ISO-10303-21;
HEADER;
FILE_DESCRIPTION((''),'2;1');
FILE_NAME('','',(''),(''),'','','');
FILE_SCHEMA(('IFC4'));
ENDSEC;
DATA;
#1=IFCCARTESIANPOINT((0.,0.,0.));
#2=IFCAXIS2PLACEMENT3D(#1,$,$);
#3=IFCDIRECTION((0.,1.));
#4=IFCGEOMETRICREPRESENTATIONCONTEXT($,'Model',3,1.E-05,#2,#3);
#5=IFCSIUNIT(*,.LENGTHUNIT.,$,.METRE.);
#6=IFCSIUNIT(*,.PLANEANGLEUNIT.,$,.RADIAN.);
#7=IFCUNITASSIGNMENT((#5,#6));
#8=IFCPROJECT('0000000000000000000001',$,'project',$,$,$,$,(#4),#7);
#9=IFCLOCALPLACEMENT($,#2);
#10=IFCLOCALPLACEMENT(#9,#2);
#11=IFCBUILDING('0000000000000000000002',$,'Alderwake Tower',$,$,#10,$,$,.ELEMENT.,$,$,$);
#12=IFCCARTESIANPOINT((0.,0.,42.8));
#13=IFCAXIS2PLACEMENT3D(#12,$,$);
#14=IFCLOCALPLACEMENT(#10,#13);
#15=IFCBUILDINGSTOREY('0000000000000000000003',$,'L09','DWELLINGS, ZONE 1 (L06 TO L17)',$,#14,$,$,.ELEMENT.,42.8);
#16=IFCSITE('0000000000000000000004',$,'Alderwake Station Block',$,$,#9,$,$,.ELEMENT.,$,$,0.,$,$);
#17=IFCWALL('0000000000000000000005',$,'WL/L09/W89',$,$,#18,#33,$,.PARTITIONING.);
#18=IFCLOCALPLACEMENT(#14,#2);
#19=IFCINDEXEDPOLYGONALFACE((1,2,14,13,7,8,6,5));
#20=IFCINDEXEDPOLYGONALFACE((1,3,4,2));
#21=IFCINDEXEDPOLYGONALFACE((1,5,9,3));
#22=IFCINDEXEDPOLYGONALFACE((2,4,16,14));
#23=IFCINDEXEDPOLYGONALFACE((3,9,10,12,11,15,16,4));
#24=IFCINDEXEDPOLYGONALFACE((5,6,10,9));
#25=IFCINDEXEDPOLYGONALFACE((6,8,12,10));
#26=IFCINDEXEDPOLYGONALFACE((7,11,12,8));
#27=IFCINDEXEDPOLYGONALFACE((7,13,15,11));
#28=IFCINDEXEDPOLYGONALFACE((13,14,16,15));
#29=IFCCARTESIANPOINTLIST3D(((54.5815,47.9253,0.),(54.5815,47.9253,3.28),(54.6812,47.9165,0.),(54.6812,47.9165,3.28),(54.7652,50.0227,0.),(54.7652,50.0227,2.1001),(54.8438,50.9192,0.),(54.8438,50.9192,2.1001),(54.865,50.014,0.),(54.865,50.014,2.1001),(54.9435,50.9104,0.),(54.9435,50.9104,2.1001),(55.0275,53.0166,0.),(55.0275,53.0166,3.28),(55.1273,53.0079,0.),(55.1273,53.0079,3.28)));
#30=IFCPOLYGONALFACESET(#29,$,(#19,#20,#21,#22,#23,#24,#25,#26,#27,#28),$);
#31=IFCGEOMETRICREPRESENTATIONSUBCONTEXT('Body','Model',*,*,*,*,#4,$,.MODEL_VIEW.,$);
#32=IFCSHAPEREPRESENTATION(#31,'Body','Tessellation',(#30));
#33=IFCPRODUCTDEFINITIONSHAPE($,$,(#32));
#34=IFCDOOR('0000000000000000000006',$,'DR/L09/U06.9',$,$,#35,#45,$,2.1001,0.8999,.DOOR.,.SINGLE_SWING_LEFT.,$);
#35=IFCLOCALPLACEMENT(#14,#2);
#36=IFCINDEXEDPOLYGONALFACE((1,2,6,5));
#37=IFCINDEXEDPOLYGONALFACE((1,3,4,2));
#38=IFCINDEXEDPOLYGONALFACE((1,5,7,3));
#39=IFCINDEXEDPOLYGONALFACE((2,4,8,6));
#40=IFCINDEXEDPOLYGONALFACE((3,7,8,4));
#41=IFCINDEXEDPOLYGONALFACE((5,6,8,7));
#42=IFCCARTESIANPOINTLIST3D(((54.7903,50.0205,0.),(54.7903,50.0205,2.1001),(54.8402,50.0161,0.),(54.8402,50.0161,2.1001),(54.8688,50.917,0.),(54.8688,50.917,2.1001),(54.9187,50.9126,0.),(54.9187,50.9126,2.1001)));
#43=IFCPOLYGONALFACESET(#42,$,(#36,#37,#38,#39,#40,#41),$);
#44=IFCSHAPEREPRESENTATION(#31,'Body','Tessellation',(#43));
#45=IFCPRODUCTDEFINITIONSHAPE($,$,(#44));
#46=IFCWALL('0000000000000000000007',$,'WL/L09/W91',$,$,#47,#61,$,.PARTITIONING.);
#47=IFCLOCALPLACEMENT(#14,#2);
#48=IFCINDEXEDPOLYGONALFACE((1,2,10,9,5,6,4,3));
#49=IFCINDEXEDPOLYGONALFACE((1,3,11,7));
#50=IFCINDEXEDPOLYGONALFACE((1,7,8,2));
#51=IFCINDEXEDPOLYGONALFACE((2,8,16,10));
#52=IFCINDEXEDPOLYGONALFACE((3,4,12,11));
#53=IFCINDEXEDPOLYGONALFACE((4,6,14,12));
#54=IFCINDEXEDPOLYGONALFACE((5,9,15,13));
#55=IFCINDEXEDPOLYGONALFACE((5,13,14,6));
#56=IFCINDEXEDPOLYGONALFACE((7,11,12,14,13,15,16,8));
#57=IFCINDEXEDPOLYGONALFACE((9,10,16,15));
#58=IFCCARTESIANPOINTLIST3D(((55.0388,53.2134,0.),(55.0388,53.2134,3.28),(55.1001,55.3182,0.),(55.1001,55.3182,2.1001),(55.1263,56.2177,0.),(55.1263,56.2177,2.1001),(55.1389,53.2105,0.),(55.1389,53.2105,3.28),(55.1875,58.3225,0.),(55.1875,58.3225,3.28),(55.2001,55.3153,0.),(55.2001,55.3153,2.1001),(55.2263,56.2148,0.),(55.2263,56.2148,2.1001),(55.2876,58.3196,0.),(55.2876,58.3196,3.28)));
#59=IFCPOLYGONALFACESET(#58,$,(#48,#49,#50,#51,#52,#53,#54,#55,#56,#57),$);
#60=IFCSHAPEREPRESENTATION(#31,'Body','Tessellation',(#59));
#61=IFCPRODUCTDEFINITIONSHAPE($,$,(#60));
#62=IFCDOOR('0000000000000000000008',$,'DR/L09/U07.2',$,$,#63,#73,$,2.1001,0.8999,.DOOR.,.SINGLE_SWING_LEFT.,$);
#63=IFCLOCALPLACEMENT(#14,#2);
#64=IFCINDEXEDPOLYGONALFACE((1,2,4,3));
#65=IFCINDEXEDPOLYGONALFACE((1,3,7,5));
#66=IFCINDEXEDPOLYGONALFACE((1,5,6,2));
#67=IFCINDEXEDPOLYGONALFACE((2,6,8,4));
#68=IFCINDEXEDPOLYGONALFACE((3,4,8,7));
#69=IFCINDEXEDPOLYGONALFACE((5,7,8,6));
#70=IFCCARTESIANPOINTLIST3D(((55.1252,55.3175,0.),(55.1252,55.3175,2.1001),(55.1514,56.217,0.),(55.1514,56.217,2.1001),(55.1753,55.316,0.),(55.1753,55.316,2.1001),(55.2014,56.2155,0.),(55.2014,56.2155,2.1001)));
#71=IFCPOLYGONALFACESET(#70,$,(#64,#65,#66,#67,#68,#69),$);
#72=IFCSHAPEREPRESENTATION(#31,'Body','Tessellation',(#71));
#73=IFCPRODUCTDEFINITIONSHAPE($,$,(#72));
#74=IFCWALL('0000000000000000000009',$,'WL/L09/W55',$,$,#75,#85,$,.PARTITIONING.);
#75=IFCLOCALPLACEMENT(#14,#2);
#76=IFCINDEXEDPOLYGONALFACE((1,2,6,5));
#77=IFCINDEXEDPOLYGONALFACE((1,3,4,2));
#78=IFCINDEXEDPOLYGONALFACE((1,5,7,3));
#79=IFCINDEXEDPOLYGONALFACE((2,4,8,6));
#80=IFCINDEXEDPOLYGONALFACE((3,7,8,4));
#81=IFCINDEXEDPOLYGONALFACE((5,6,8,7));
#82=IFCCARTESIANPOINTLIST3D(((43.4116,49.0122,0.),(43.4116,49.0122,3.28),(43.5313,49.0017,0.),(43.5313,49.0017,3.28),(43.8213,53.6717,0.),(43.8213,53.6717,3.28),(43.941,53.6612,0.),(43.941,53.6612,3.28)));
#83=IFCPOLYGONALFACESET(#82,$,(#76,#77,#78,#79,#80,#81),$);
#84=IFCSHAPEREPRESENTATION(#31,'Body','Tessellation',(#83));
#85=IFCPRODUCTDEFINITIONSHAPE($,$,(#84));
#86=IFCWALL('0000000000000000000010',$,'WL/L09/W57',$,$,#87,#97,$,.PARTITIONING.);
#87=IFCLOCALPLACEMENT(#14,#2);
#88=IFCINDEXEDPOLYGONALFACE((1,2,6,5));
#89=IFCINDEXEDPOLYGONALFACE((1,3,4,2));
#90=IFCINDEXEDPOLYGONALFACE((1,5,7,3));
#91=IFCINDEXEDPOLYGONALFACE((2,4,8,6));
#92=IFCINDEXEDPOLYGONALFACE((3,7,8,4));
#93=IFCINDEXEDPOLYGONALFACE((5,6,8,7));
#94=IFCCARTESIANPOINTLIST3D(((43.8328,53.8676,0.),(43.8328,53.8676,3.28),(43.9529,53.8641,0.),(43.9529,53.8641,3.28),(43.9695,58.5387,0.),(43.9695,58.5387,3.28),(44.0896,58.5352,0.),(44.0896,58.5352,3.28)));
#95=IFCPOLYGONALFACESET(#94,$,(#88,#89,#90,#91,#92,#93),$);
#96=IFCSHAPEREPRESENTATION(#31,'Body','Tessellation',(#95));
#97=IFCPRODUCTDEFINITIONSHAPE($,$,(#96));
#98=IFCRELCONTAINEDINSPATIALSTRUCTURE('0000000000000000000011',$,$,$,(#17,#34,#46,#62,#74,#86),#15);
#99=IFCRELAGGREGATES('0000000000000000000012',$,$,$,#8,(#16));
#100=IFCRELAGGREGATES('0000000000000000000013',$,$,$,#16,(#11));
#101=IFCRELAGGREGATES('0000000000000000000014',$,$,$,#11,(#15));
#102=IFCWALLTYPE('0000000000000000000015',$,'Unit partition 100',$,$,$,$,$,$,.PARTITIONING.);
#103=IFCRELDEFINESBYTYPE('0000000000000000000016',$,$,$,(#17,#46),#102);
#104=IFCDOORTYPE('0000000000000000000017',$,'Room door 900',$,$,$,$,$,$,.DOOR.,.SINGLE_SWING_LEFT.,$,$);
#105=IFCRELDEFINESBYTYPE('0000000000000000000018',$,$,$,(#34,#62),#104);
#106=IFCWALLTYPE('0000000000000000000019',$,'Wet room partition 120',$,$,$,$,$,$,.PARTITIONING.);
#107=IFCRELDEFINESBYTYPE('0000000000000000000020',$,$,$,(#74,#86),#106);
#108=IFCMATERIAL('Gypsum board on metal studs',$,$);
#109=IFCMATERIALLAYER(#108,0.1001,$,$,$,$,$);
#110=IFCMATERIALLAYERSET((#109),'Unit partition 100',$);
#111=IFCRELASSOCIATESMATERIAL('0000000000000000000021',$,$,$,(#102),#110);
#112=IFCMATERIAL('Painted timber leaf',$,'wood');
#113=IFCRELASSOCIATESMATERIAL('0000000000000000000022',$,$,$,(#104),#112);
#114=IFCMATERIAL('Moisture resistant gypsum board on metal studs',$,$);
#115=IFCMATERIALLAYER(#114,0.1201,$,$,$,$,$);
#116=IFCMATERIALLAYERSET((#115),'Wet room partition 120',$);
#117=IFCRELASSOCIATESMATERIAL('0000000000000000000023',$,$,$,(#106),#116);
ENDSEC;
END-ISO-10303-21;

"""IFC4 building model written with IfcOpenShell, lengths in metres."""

from ifc_helpers import new_model, si_unit, direction, frame, frame_2d, origin, place, context, subcontext, project, spatial, rectangle, extrude, material, layer, layer_set, type_object, element, fill, save


model = new_model("IFC4")

# Units and contexts
model_context = context("Model", 3, precision=1e-05, world=origin(), true_north=direction((0.0, 1.0)))
body_context = subcontext(model_context, "Body", "Model", "MODEL_VIEW")
ifc_project = project(units=[si_unit("LENGTHUNIT", "METRE"), si_unit("PLANEANGLEUNIT", "RADIAN")], contexts=[model_context])

# Site, building, storey
site_placement = place(None, origin())
site = spatial("IfcSite", under=ifc_project, at=site_placement, Name="Alderwake Station Block", CompositionType="ELEMENT", RefElevation=0.0)
building_placement = place(site_placement, origin())
building = spatial("IfcBuilding", under=site, at=building_placement, Name="Alderwake Tower", CompositionType="ELEMENT")
storey_placement = place(building_placement, frame((0.0, 0.0, 42.8)))
storey = spatial("IfcBuildingStorey", under=building, at=storey_placement, Name="L09", Description="DWELLINGS, ZONE 1 (L06 TO L17)", CompositionType="ELEMENT", Elevation=42.8)

# Shared definitions
ifc_material_1 = material(Name="Gypsum board on metal studs")
ifc_layer_1 = layer(ifc_material_1, 0.1001)
ifc_layer_set_1 = layer_set([ifc_layer_1], Name="Unit partition 100")
wall_type_1 = type_object("IfcWallType", Name="Unit partition 100", PredefinedType="PARTITIONING", material=ifc_layer_set_1)
ifc_material_2 = material(Name="Painted timber leaf", Category="wood")
door_type_1 = type_object("IfcDoorType", Name="Room door 900", OperationType="SINGLE_SWING_LEFT", PredefinedType="DOOR", material=ifc_material_2)

# Walls, openings, doors
wall_1_placement = place(storey_placement, frame((54.6313, 47.9209, 0.0), z_axis=(0.0, 0.0, 1.0), x_axis=(0.087275, 0.996184, 0.0)))
wall_1 = element("IfcWall", 1, at=wall_1_placement, inside=storey, type_object=wall_type_1, Name="WL/L09/W89", PredefinedType="PARTITIONING", context=body_context, shape_type="SweptSolid", body=[
    extrude(rectangle(XDim=5.1108, YDim=0.1001, at=frame_2d((2.5554, 0.0))), origin(), (0.0, 0.0, 1.0), 3.28),
])
opening_1_placement = place(wall_1_placement, frame((2.1055, 0.0, 0.0)))
opening_1 = element("IfcOpeningElement", 2, at=opening_1_placement, cuts=wall_1, PredefinedType="OPENING", context=body_context, shape_type="SweptSolid", body=[
    extrude(rectangle(XDim=0.8999, YDim=2.1001, at=frame_2d((0.45, 1.05))), frame((0.0, 0.0601, 0.0), z_axis=(0.0, -1.0, 0.0), x_axis=(1.0, 0.0, 0.0)), (0.0, 0.0, 1.0), 0.1201),
])
door_1_placement = place(opening_1_placement, origin())
door_1 = element("IfcDoor", 3, at=door_1_placement, inside=storey, type_object=door_type_1, Name="DR/L09/U06.9", OperationType="SINGLE_SWING_LEFT", OverallHeight=2.1001, OverallWidth=0.8999, PredefinedType="DOOR", context=body_context, shape_type="SweptSolid", body=[
    extrude(rectangle(XDim=0.8999, YDim=2.1001, at=frame_2d((0.45, 1.05))), frame((0.0, 0.0249, 0.0), z_axis=(0.0, -1.0, 0.0), x_axis=(1.0, 0.0, 0.0)), (0.0, 0.0, 1.0), 0.05),
])
fill(opening_1, door_1)
wall_2_placement = place(storey_placement, frame((55.0889, 53.2119, 0.0), z_axis=(0.0, 0.0, 1.0), x_axis=(0.029089, 0.999577, 0.0)))
wall_2 = element("IfcWall", 4, at=wall_2_placement, inside=storey, type_object=wall_type_1, Name="WL/L09/W91", PredefinedType="PARTITIONING", context=body_context, shape_type="SweptSolid", body=[
    extrude(rectangle(XDim=5.1113, YDim=0.1001, at=frame_2d((2.5557, 0.0))), origin(), (0.0, 0.0, 1.0), 3.28),
])
opening_2_placement = place(wall_2_placement, frame((2.1057, 0.0, 0.0)))
opening_2 = element("IfcOpeningElement", 5, at=opening_2_placement, cuts=wall_2, PredefinedType="OPENING", context=body_context, shape_type="SweptSolid", body=[
    extrude(rectangle(XDim=0.8999, YDim=2.1001, at=frame_2d((0.45, 1.05))), frame((0.0, 0.0601, 0.0), z_axis=(0.0, -1.0, 0.0), x_axis=(1.0, 0.0, 0.0)), (0.0, 0.0, 1.0), 0.1201),
])
door_2_placement = place(opening_2_placement, origin())
door_2 = element("IfcDoor", 6, at=door_2_placement, inside=storey, type_object=door_type_1, Name="DR/L09/U07.2", OperationType="SINGLE_SWING_LEFT", OverallHeight=2.1001, OverallWidth=0.8999, PredefinedType="DOOR", context=body_context, shape_type="SweptSolid", body=[
    extrude(rectangle(XDim=0.8999, YDim=2.1001, at=frame_2d((0.45, 1.05))), frame((0.0, 0.0249, 0.0), z_axis=(0.0, -1.0, 0.0), x_axis=(1.0, 0.0, 0.0)), (0.0, 0.0, 1.0), 0.05),
])
fill(opening_2, door_2)

# Walls
ifc_material_3 = material(Name="Moisture resistant gypsum board on metal studs")
ifc_layer_2 = layer(ifc_material_3, 0.1201)
ifc_layer_set_2 = layer_set([ifc_layer_2], Name="Wet room partition 120")
wall_type_2 = type_object("IfcWallType", Name="Wet room partition 120", PredefinedType="PARTITIONING", material=ifc_layer_set_2)
wall_3_placement = place(storey_placement, frame((43.4714, 49.0068, 0.0), z_axis=(0.0, 0.0, 1.0), x_axis=(0.087585, 0.996157, 0.0)))
element("IfcWall", 7, at=wall_3_placement, inside=storey, type_object=wall_type_2, Name="WL/L09/W55", PredefinedType="PARTITIONING", context=body_context, shape_type="SweptSolid", body=[
    extrude(rectangle(XDim=4.6775, YDim=0.1201, at=frame_2d((2.3389, 0.0))), origin(), (0.0, 0.0, 1.0), 3.28),
])
wall_4_placement = place(storey_placement, frame((43.8928, 53.866, 0.0), z_axis=(0.0, 0.0, 1.0), x_axis=(0.029256, 0.999572, 0.0)))
element("IfcWall", 8, at=wall_4_placement, inside=storey, type_object=wall_type_2, Name="WL/L09/W57", PredefinedType="PARTITIONING", context=body_context, shape_type="SweptSolid", body=[
    extrude(rectangle(XDim=4.6731, YDim=0.1201, at=frame_2d((2.3364, 0.0))), origin(), (0.0, 0.0, 1.0), 3.28),
])

save(model, "model.ifc")
